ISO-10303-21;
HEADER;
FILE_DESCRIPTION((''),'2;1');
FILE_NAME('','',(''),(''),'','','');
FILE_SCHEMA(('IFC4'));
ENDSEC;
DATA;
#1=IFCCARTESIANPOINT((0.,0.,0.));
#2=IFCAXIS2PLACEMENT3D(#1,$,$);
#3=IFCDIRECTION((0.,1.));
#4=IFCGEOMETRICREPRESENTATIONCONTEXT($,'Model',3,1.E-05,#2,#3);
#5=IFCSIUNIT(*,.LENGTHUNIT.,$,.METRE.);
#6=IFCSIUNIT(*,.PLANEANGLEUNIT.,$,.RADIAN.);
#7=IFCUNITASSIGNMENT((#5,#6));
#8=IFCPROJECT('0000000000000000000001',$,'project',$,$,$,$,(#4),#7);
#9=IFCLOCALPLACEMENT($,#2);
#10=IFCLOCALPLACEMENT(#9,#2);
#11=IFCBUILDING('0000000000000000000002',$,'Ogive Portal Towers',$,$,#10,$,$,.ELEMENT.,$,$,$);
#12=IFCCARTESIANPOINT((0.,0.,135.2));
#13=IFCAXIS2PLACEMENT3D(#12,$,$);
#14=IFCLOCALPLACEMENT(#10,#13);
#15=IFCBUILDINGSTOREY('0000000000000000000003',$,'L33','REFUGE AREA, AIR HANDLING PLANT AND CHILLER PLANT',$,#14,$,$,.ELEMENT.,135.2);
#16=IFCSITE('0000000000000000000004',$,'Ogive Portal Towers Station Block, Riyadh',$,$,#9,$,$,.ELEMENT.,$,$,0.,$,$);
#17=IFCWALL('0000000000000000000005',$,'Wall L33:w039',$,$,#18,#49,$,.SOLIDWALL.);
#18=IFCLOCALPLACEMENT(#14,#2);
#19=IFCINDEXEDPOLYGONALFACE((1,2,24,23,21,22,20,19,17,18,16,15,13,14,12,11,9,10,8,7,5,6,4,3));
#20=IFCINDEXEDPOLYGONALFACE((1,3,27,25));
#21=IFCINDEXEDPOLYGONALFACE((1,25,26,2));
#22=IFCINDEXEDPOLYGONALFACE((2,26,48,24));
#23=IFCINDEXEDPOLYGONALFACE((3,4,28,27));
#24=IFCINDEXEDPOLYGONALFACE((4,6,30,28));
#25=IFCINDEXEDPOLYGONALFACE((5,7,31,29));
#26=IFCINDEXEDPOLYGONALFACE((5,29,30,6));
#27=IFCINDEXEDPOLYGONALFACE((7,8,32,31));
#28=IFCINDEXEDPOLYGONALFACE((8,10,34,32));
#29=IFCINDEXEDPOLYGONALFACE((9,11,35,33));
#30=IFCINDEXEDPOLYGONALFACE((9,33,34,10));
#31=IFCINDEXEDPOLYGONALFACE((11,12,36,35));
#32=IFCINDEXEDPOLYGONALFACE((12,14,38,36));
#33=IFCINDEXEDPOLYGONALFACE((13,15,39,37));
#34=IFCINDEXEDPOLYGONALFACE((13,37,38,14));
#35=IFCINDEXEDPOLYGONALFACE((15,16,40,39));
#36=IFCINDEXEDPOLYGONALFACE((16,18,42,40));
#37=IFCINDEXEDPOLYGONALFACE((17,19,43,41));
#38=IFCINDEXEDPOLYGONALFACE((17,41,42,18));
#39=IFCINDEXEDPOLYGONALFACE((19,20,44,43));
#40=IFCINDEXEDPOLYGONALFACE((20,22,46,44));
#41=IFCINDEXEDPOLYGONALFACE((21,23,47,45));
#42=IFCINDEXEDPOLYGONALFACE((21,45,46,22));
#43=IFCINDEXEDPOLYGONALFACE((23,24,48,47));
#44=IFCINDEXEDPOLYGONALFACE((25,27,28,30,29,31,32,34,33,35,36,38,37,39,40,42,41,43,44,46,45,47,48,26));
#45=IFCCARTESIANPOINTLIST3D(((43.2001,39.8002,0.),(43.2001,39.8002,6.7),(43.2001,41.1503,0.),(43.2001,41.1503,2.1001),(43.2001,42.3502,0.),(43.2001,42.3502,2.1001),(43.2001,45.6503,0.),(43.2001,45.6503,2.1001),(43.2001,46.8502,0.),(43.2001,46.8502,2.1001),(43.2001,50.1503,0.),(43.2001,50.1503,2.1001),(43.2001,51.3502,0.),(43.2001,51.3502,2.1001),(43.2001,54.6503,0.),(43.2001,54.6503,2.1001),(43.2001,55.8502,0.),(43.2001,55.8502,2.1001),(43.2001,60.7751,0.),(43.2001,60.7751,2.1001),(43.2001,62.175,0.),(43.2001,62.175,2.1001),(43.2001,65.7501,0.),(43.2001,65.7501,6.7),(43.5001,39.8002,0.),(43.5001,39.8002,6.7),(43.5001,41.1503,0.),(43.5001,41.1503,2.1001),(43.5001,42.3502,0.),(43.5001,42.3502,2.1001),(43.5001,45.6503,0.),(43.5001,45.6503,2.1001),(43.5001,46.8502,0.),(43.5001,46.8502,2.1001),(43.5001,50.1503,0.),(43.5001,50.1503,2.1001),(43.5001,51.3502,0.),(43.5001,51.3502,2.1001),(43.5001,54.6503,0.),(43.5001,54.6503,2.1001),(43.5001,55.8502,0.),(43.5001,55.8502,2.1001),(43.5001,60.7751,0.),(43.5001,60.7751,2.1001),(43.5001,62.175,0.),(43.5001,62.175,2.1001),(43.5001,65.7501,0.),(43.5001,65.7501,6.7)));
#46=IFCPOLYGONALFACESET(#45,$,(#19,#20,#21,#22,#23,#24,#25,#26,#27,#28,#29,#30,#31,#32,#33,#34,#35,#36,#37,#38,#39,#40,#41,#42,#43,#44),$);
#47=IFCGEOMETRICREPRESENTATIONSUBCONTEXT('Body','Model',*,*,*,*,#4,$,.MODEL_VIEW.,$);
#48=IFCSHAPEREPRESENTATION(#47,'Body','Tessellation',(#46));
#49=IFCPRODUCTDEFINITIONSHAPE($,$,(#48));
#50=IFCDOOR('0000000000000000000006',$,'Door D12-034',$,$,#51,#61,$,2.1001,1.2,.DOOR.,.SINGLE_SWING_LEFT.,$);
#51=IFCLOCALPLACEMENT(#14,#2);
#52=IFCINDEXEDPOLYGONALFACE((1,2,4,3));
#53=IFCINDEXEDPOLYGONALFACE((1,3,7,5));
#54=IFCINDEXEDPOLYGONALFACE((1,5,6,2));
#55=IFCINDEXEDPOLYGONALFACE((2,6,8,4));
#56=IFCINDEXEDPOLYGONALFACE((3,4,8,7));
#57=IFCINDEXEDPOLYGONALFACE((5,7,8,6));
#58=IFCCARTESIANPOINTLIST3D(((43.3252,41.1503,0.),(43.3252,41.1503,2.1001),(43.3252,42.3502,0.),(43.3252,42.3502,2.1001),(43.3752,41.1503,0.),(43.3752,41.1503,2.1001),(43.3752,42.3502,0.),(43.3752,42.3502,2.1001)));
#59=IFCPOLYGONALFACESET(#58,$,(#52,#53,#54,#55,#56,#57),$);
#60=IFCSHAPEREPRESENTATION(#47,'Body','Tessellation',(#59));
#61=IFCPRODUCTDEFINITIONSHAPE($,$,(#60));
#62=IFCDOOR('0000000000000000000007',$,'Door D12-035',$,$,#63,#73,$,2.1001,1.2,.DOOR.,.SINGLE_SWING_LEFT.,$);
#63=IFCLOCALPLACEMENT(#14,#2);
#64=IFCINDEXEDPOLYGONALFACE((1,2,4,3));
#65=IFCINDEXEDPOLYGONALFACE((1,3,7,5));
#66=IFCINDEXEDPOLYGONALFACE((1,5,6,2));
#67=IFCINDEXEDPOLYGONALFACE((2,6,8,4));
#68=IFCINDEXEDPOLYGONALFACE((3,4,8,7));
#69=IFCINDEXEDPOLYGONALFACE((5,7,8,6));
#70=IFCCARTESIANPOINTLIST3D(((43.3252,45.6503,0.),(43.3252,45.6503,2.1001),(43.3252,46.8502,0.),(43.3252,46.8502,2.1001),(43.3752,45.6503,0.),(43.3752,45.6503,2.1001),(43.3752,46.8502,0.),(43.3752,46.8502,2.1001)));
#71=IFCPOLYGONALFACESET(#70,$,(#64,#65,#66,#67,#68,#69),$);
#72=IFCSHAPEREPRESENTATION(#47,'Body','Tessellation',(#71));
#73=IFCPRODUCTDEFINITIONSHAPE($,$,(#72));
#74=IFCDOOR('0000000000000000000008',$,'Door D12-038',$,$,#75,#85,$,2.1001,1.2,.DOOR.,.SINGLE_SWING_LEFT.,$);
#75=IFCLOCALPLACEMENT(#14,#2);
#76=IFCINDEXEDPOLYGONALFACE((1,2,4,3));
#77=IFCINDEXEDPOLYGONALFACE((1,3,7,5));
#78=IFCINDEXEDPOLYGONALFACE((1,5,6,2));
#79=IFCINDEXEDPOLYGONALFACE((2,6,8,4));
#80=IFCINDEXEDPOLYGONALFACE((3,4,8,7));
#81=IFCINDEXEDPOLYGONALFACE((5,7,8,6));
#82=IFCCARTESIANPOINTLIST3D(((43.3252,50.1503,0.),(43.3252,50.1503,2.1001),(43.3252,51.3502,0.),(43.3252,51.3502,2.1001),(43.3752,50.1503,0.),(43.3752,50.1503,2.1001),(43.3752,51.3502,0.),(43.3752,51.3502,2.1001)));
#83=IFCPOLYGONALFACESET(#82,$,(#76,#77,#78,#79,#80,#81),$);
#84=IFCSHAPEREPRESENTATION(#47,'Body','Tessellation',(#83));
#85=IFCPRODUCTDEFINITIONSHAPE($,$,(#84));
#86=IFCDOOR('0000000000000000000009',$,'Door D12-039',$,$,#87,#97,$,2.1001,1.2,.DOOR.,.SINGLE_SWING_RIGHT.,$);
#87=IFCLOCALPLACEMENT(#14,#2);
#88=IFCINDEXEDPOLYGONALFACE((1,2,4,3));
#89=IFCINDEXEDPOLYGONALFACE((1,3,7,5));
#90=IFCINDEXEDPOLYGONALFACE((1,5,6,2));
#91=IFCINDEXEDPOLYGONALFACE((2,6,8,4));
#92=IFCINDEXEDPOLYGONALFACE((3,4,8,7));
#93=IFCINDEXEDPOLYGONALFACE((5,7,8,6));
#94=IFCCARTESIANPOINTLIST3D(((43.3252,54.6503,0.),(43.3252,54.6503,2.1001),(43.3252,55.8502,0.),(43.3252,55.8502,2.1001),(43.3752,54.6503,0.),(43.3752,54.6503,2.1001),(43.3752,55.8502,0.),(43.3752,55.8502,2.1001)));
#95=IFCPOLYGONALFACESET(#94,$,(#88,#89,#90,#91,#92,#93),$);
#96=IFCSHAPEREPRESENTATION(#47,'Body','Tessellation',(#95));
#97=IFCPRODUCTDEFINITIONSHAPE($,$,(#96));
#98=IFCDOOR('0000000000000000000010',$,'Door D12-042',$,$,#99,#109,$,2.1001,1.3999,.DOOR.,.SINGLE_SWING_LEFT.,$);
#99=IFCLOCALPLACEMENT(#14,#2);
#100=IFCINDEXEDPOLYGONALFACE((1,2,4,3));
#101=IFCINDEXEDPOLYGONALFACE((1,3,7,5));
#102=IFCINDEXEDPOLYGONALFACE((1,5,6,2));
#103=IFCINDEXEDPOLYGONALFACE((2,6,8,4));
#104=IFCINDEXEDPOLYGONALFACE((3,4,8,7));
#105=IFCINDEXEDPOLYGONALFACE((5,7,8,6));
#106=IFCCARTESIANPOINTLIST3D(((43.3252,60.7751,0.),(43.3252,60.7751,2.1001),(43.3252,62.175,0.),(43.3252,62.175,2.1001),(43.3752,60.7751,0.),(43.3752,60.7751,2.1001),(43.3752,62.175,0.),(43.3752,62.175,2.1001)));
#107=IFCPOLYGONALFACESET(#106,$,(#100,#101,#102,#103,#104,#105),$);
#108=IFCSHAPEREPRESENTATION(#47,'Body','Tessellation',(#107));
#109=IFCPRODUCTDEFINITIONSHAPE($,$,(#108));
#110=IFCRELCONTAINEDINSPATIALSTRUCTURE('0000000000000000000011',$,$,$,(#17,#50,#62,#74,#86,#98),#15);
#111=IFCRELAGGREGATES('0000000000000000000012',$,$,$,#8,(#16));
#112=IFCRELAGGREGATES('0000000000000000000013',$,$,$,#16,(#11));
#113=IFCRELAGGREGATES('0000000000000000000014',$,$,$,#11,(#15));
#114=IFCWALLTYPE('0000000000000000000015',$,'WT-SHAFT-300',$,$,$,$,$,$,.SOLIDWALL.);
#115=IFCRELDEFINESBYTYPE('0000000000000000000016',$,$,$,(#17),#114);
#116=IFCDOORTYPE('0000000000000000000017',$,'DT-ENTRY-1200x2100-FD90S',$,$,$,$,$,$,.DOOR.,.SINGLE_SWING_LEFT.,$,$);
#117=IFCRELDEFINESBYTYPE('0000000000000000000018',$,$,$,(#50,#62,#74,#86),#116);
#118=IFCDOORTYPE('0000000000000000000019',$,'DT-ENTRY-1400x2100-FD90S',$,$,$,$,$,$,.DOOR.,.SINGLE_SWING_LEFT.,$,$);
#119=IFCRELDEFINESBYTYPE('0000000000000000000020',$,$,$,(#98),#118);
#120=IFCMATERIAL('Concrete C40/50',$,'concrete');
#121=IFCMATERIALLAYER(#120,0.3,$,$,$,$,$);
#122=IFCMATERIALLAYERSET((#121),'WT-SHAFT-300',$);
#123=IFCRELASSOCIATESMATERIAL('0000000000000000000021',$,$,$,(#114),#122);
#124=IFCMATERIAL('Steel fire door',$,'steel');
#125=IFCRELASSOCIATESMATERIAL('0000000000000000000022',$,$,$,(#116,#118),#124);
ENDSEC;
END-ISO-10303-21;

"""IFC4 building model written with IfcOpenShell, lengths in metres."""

from ifc_helpers import new_model, si_unit, direction, frame, frame_2d, origin, place, context, subcontext, project, spatial, rectangle, extrude, material, layer, layer_set, type_object, element, fill, save


model = new_model("IFC4")

# Units and contexts
model_context = context("Model", 3, precision=1e-05, world=origin(), true_north=direction((0.0, 1.0)))
body_context = subcontext(model_context, "Body", "Model", "MODEL_VIEW")
ifc_project = project(units=[si_unit("LENGTHUNIT", "METRE"), si_unit("PLANEANGLEUNIT", "RADIAN")], contexts=[model_context])

# Site, building, storey
site_placement = place(None, origin())
site = spatial("IfcSite", under=ifc_project, at=site_placement, Name="Ogive Portal Towers Station Block, Riyadh", CompositionType="ELEMENT", RefElevation=0.0)
building_placement = place(site_placement, origin())
building = spatial("IfcBuilding", under=site, at=building_placement, Name="Ogive Portal Towers", CompositionType="ELEMENT")
storey_placement = place(building_placement, frame((0.0, 0.0, 135.2)))
storey = spatial("IfcBuildingStorey", under=building, at=storey_placement, Name="L33", Description="REFUGE AREA, AIR HANDLING PLANT AND CHILLER PLANT", CompositionType="ELEMENT", Elevation=135.2)

# Wall, openings, doors
ifc_material_1 = material(Name="Steel fire door", Category="steel")
ifc_material_2 = material(Name="Concrete C40/50", Category="concrete")
ifc_layer_1 = layer(ifc_material_2, 0.3)
ifc_layer_set_1 = layer_set([ifc_layer_1], Name="WT-SHAFT-300")
wall_type_1 = type_object("IfcWallType", Name="WT-SHAFT-300", PredefinedType="SOLIDWALL", material=ifc_layer_set_1)
wall_1_placement = place(storey_placement, frame((43.3501, 39.8, 0.0), z_axis=(0.0, 0.0, 1.0), x_axis=(0.0, 1.0, 0.0)))
wall_1 = element("IfcWall", 1, at=wall_1_placement, inside=storey, type_object=wall_type_1, Name="Wall L33:w039", PredefinedType="SOLIDWALL", context=body_context, shape_type="SweptSolid", body=[
    extrude(rectangle(XDim=25.95, YDim=0.3, at=frame_2d((12.9751, 0.0))), origin(), (0.0, 0.0, 1.0), 6.7),
])
opening_1_placement = place(wall_1_placement, frame((1.3501, 0.0, 0.0)))
opening_1 = element("IfcOpeningElement", 2, at=opening_1_placement, cuts=wall_1, PredefinedType="OPENING", context=body_context, shape_type="SweptSolid", body=[
    extrude(rectangle(XDim=1.2, YDim=2.1001, at=frame_2d((0.6001, 1.05))), frame((0.0, 0.1602, 0.0), z_axis=(0.0, -1.0, 0.0), x_axis=(1.0, 0.0, 0.0)), (0.0, 0.0, 1.0), 0.3201),
])
opening_2_placement = place(wall_1_placement, frame((5.8501, 0.0, 0.0)))
opening_2 = element("IfcOpeningElement", 3, at=opening_2_placement, cuts=wall_1, PredefinedType="OPENING", context=body_context, shape_type="SweptSolid", body=[
    extrude(rectangle(XDim=1.2, YDim=2.1001, at=frame_2d((0.6001, 1.05))), frame((0.0, 0.1602, 0.0), z_axis=(0.0, -1.0, 0.0), x_axis=(1.0, 0.0, 0.0)), (0.0, 0.0, 1.0), 0.3201),
])
opening_3_placement = place(wall_1_placement, frame((10.3501, 0.0, 0.0)))
opening_3 = element("IfcOpeningElement", 4, at=opening_3_placement, cuts=wall_1, PredefinedType="OPENING", context=body_context, shape_type="SweptSolid", body=[
    extrude(rectangle(XDim=1.2, YDim=2.1001, at=frame_2d((0.6001, 1.05))), frame((0.0, 0.1602, 0.0), z_axis=(0.0, -1.0, 0.0), x_axis=(1.0, 0.0, 0.0)), (0.0, 0.0, 1.0), 0.3201),
])
opening_4_placement = place(wall_1_placement, frame((14.8501, 0.0, 0.0)))
opening_4 = element("IfcOpeningElement", 5, at=opening_4_placement, cuts=wall_1, PredefinedType="OPENING", context=body_context, shape_type="SweptSolid", body=[
    extrude(rectangle(XDim=1.2, YDim=2.1001, at=frame_2d((0.6001, 1.05))), frame((0.0, 0.1602, 0.0), z_axis=(0.0, -1.0, 0.0), x_axis=(1.0, 0.0, 0.0)), (0.0, 0.0, 1.0), 0.3201),
])
opening_5_placement = place(wall_1_placement, frame((20.9751, 0.0, 0.0)))
opening_5 = element("IfcOpeningElement", 6, at=opening_5_placement, cuts=wall_1, PredefinedType="OPENING", context=body_context, shape_type="SweptSolid", body=[
    extrude(rectangle(XDim=1.3999, YDim=2.1001, at=frame_2d((0.7, 1.05))), frame((0.0, 0.1602, 0.0), z_axis=(0.0, -1.0, 0.0), x_axis=(1.0, 0.0, 0.0)), (0.0, 0.0, 1.0), 0.3201),
])
door_type_1 = type_object("IfcDoorType", Name="DT-ENTRY-1200x2100-FD90S", OperationType="SINGLE_SWING_LEFT", PredefinedType="DOOR", material=ifc_material_1)
door_1_placement = place(opening_1_placement, origin())
door_1 = element("IfcDoor", 7, at=door_1_placement, inside=storey, type_object=door_type_1, Name="Door D12-034", OperationType="SINGLE_SWING_LEFT", OverallHeight=2.1001, OverallWidth=1.2, PredefinedType="DOOR", context=body_context, shape_type="SweptSolid", body=[
    extrude(rectangle(XDim=1.2, YDim=2.1001, at=frame_2d((0.6001, 1.05))), frame((0.0, 0.0249, 0.0), z_axis=(0.0, -1.0, 0.0), x_axis=(1.0, 0.0, 0.0)), (0.0, 0.0, 1.0), 0.05),
])
fill(opening_1, door_1)
door_2_placement = place(opening_2_placement, origin())
door_2 = element("IfcDoor", 8, at=door_2_placement, inside=storey, type_object=door_type_1, Name="Door D12-035", OperationType="SINGLE_SWING_LEFT", OverallHeight=2.1001, OverallWidth=1.2, PredefinedType="DOOR", context=body_context, shape_type="SweptSolid", body=[
    extrude(rectangle(XDim=1.2, YDim=2.1001, at=frame_2d((0.6001, 1.05))), frame((0.0, 0.0249, 0.0), z_axis=(0.0, -1.0, 0.0), x_axis=(1.0, 0.0, 0.0)), (0.0, 0.0, 1.0), 0.05),
])
fill(opening_2, door_2)
door_3_placement = place(opening_3_placement, origin())
door_3 = element("IfcDoor", 9, at=door_3_placement, inside=storey, type_object=door_type_1, Name="Door D12-038", OperationType="SINGLE_SWING_LEFT", OverallHeight=2.1001, OverallWidth=1.2, PredefinedType="DOOR", context=body_context, shape_type="SweptSolid", body=[
    extrude(rectangle(XDim=1.2, YDim=2.1001, at=frame_2d((0.6001, 1.05))), frame((0.0, 0.0249, 0.0), z_axis=(0.0, -1.0, 0.0), x_axis=(1.0, 0.0, 0.0)), (0.0, 0.0, 1.0), 0.05),
])
fill(opening_3, door_3)
door_4_placement = place(opening_4_placement, origin())
door_4 = element("IfcDoor", 10, at=door_4_placement, inside=storey, type_object=door_type_1, Name="Door D12-039", OperationType="SINGLE_SWING_RIGHT", OverallHeight=2.1001, OverallWidth=1.2, PredefinedType="DOOR", context=body_context, shape_type="SweptSolid", body=[
    extrude(rectangle(XDim=1.2, YDim=2.1001, at=frame_2d((0.6001, 1.05))), frame((0.0, 0.0249, 0.0), z_axis=(0.0, -1.0, 0.0), x_axis=(1.0, 0.0, 0.0)), (0.0, 0.0, 1.0), 0.05),
])
fill(opening_4, door_4)
door_type_2 = type_object("IfcDoorType", Name="DT-ENTRY-1400x2100-FD90S", OperationType="SINGLE_SWING_LEFT", PredefinedType="DOOR", material=ifc_material_1)
door_5_placement = place(opening_5_placement, origin())
door_5 = element("IfcDoor", 11, at=door_5_placement, inside=storey, type_object=door_type_2, Name="Door D12-042", OperationType="SINGLE_SWING_LEFT", OverallHeight=2.1001, OverallWidth=1.3999, PredefinedType="DOOR", context=body_context, shape_type="SweptSolid", body=[
    extrude(rectangle(XDim=1.3999, YDim=2.1001, at=frame_2d((0.7, 1.05))), frame((0.0, 0.0249, 0.0), z_axis=(0.0, -1.0, 0.0), x_axis=(1.0, 0.0, 0.0)), (0.0, 0.0, 1.0), 0.05),
])
fill(opening_5, door_5)

save(model, "model.ifc")
